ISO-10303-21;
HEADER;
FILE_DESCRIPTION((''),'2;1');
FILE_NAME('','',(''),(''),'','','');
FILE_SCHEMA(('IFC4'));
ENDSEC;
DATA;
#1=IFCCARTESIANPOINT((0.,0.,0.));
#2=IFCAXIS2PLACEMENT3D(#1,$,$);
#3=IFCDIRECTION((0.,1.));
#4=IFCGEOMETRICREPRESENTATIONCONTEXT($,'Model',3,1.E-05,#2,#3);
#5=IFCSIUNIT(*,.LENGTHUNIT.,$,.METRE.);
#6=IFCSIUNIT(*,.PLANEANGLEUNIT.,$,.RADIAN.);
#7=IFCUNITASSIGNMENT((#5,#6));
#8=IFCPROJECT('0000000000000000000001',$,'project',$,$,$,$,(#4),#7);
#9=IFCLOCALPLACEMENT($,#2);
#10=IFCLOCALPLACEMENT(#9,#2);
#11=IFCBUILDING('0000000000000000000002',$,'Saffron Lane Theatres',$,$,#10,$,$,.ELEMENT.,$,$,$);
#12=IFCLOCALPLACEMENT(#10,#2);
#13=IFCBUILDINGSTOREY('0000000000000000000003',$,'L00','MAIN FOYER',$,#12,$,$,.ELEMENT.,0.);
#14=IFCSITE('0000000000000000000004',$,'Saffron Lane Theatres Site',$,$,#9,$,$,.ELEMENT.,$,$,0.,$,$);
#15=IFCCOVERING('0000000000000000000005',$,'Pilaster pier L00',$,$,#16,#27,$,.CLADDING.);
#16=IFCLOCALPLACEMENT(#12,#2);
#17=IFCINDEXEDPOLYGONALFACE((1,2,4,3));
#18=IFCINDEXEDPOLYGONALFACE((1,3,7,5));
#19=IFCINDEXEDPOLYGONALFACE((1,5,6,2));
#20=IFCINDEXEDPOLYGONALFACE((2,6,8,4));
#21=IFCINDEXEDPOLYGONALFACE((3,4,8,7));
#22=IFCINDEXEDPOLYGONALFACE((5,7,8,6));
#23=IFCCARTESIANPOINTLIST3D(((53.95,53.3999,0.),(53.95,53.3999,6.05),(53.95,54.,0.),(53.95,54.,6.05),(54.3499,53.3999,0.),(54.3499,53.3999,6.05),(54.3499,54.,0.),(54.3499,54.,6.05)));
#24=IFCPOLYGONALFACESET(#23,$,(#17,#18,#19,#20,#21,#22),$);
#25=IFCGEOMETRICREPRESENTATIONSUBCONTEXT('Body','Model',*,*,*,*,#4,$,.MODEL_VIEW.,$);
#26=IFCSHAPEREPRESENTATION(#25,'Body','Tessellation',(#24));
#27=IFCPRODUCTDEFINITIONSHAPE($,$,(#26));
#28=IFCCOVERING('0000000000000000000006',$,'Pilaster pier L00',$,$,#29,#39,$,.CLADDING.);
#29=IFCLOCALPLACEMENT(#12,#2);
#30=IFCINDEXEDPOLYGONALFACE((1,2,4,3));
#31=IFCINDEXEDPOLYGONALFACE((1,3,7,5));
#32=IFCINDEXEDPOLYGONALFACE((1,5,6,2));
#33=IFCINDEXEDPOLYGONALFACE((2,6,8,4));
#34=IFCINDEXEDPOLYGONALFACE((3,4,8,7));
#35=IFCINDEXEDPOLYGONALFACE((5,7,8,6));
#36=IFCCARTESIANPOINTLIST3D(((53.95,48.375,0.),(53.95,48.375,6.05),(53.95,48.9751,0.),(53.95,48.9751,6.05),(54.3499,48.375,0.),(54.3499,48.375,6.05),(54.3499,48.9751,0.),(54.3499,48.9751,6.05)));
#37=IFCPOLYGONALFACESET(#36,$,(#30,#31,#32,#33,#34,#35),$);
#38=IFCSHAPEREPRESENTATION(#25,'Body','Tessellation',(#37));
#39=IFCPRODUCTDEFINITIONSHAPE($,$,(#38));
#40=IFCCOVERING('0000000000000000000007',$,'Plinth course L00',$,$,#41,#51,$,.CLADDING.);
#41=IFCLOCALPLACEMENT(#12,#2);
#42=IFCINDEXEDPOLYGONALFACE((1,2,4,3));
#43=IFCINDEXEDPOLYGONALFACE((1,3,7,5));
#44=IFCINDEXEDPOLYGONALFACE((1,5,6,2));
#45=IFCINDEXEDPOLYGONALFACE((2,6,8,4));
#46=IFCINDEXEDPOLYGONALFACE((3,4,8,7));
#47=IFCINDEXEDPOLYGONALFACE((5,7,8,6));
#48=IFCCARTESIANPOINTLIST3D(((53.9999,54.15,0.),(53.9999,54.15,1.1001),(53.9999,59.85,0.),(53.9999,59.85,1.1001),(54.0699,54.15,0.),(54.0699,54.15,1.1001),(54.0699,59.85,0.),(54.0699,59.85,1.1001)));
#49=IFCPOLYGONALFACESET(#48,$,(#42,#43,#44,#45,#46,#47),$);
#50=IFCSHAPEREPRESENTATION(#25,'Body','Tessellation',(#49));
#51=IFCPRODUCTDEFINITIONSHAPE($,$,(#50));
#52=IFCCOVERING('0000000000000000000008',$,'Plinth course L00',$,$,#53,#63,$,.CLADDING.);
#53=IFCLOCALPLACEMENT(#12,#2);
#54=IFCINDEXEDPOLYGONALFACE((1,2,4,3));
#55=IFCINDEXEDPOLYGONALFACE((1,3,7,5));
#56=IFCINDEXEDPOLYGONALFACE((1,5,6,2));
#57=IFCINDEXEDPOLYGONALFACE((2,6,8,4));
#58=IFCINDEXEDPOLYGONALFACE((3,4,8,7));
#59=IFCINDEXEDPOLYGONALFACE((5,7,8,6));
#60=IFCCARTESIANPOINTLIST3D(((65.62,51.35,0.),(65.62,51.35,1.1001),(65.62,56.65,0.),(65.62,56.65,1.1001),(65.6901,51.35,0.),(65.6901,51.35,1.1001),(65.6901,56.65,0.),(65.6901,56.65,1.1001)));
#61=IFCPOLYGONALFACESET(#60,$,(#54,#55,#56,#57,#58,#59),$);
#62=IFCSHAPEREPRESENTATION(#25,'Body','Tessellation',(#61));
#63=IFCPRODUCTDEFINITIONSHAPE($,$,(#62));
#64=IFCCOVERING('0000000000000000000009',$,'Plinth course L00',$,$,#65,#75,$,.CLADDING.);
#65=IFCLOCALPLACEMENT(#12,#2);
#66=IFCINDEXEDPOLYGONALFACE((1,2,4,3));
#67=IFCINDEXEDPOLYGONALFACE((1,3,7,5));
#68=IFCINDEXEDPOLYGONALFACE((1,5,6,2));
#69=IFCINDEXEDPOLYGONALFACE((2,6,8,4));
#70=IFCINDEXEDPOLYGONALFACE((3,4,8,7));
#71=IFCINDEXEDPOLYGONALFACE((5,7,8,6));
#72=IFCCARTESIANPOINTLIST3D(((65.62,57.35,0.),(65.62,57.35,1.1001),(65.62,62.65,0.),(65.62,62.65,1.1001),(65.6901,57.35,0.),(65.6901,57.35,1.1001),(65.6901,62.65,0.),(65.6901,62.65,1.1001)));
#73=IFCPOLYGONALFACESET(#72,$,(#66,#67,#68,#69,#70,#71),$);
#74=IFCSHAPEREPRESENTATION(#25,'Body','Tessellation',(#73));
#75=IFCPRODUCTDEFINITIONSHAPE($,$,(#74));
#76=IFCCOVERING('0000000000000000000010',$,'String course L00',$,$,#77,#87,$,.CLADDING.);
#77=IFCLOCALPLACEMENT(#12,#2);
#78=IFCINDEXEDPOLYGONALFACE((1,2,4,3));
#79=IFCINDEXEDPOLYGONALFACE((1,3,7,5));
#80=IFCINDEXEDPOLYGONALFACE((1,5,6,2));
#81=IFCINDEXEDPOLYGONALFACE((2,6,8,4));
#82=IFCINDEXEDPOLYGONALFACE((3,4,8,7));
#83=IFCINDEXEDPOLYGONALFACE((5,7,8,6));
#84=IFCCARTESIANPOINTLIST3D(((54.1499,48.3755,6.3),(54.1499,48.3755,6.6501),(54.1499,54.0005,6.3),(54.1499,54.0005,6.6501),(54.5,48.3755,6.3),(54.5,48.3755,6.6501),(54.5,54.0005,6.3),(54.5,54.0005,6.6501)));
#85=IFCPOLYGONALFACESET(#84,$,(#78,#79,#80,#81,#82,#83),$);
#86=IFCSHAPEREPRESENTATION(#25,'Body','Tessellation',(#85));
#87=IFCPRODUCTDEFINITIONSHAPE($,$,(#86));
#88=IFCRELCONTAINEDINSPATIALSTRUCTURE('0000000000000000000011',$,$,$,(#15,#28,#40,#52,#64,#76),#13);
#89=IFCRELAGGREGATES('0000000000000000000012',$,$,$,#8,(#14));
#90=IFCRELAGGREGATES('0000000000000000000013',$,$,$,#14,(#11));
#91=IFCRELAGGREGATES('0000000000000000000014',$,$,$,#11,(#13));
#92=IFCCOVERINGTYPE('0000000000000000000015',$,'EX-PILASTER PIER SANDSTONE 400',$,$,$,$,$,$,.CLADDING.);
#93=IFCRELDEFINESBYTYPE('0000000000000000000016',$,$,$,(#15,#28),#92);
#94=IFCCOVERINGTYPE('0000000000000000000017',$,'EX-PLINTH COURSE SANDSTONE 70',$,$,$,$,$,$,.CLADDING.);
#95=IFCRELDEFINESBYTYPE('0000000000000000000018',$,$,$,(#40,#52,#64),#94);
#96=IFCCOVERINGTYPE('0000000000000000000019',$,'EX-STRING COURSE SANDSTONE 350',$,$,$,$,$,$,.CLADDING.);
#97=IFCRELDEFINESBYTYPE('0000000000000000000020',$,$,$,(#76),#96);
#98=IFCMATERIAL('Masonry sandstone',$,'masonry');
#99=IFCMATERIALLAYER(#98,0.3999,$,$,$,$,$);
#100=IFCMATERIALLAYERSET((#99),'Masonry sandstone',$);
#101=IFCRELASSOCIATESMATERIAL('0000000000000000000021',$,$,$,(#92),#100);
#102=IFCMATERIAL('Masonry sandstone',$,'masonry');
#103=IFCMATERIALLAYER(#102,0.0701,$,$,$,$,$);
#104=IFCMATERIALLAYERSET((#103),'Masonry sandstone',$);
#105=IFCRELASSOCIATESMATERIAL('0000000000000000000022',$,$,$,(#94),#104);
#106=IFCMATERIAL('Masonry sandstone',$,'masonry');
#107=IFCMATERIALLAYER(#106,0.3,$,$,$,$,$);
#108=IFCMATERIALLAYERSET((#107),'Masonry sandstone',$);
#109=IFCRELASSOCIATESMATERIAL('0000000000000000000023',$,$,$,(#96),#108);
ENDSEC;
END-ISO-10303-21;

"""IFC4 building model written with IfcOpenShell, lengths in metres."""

from ifc_helpers import new_model, si_unit, direction, frame, origin, origin_2d, place, context, subcontext, project, spatial, rectangle, extrude, material, layer, layer_set, type_object, element, save


model = new_model("IFC4")

# Units and contexts
model_context = context("Model", 3, precision=1e-05, world=origin(), true_north=direction((0.0, 1.0)))
body_context = subcontext(model_context, "Body", "Model", "MODEL_VIEW")
ifc_project = project(units=[si_unit("LENGTHUNIT", "METRE"), si_unit("PLANEANGLEUNIT", "RADIAN")], contexts=[model_context])

# Site, building, storey
site_placement = place(None, origin())
site = spatial("IfcSite", under=ifc_project, at=site_placement, Name="Saffron Lane Theatres Site", CompositionType="ELEMENT", RefElevation=0.0)
building_placement = place(site_placement, origin())
building = spatial("IfcBuilding", under=site, at=building_placement, Name="Saffron Lane Theatres", CompositionType="ELEMENT")
storey_placement = place(building_placement, origin())
storey = spatial("IfcBuildingStorey", under=building, at=storey_placement, Name="L00", Description="MAIN FOYER", CompositionType="ELEMENT", Elevation=0.0)

# Coverings
ifc_material_1 = material(Name="Masonry sandstone", Category="masonry")
ifc_layer_1 = layer(ifc_material_1, 0.3999)
ifc_layer_set_1 = layer_set([ifc_layer_1], Name="Masonry sandstone")
covering_type_1 = type_object("IfcCoveringType", Name="EX-PILASTER PIER SANDSTONE 400", PredefinedType="CLADDING", material=ifc_layer_set_1)
for number, where, z_axis, x_axis, name in (
    (1, (54.1499, 53.7, 0.0), (0.0, 0.0, 1.0), (0.0, -1.0, 0.0), "Pilaster pier L00"),
    (2, (54.1499, 48.675, 0.0), (0.0, 0.0, 1.0), (0.0, -1.0, 0.0), "Pilaster pier L00"),
):
    element("IfcCovering", number, at=place(storey_placement, frame(where, z_axis=z_axis, x_axis=x_axis)), inside=storey, type_object=covering_type_1, Name=name, PredefinedType="CLADDING", context=body_context, shape_type="SweptSolid", body=[
        extrude(rectangle(XDim=0.6001, YDim=0.3999, at=origin_2d()), origin(), (0.0, 0.0, 1.0), 6.05),
    ])
ifc_material_2 = material(Name="Masonry sandstone", Category="masonry")
ifc_layer_2 = layer(ifc_material_2, 0.0701)
ifc_layer_set_2 = layer_set([ifc_layer_2], Name="Masonry sandstone")
covering_type_2 = type_object("IfcCoveringType", Name="EX-PLINTH COURSE SANDSTONE 70", PredefinedType="CLADDING", material=ifc_layer_set_2)
covering_1_placement = place(storey_placement, frame((54.0349, 57.0, 0.0), z_axis=(0.0, 0.0, 1.0), x_axis=(0.0, 1.0, 0.0)))
element("IfcCovering", 3, at=covering_1_placement, inside=storey, type_object=covering_type_2, Name="Plinth course L00", PredefinedType="CLADDING", context=body_context, shape_type="SweptSolid", body=[
    extrude(rectangle(XDim=5.7, YDim=0.0701, at=origin_2d()), origin(), (0.0, 0.0, 1.0), 1.1001),
])
for number, where, z_axis, x_axis, name in (
    (4, (65.655, 54.0, 0.0), (0.0, 0.0, 1.0), (0.0, 1.0, 0.0), "Plinth course L00"),
    (5, (65.655, 60.0, 0.0), (0.0, 0.0, 1.0), (0.0, 1.0, 0.0), "Plinth course L00"),
):
    element("IfcCovering", number, at=place(storey_placement, frame(where, z_axis=z_axis, x_axis=x_axis)), inside=storey, type_object=covering_type_2, Name=name, PredefinedType="CLADDING", context=body_context, shape_type="SweptSolid", body=[
        extrude(rectangle(XDim=5.3, YDim=0.0701, at=origin_2d()), origin(), (0.0, 0.0, 1.0), 1.1001),
    ])
ifc_material_3 = material(Name="Masonry sandstone", Category="masonry")
ifc_layer_3 = layer(ifc_material_3, 0.3)
ifc_layer_set_3 = layer_set([ifc_layer_3], Name="Masonry sandstone")
covering_type_3 = type_object("IfcCoveringType", Name="EX-STRING COURSE SANDSTONE 350", PredefinedType="CLADDING", material=ifc_layer_set_3)
covering_2_placement = place(storey_placement, frame((54.325, 51.188, 6.3), z_axis=(0.0, 0.0, 1.0), x_axis=(0.0, -1.0, 0.0)))
element("IfcCovering", 6, at=covering_2_placement, inside=storey, type_object=covering_type_3, Name="String course L00", PredefinedType="CLADDING", context=body_context, shape_type="SweptSolid", body=[
    extrude(rectangle(XDim=5.625, YDim=0.3501, at=origin_2d()), origin(), (0.0, 0.0, 1.0), 0.3501),
])

save(model, "model.ifc")
